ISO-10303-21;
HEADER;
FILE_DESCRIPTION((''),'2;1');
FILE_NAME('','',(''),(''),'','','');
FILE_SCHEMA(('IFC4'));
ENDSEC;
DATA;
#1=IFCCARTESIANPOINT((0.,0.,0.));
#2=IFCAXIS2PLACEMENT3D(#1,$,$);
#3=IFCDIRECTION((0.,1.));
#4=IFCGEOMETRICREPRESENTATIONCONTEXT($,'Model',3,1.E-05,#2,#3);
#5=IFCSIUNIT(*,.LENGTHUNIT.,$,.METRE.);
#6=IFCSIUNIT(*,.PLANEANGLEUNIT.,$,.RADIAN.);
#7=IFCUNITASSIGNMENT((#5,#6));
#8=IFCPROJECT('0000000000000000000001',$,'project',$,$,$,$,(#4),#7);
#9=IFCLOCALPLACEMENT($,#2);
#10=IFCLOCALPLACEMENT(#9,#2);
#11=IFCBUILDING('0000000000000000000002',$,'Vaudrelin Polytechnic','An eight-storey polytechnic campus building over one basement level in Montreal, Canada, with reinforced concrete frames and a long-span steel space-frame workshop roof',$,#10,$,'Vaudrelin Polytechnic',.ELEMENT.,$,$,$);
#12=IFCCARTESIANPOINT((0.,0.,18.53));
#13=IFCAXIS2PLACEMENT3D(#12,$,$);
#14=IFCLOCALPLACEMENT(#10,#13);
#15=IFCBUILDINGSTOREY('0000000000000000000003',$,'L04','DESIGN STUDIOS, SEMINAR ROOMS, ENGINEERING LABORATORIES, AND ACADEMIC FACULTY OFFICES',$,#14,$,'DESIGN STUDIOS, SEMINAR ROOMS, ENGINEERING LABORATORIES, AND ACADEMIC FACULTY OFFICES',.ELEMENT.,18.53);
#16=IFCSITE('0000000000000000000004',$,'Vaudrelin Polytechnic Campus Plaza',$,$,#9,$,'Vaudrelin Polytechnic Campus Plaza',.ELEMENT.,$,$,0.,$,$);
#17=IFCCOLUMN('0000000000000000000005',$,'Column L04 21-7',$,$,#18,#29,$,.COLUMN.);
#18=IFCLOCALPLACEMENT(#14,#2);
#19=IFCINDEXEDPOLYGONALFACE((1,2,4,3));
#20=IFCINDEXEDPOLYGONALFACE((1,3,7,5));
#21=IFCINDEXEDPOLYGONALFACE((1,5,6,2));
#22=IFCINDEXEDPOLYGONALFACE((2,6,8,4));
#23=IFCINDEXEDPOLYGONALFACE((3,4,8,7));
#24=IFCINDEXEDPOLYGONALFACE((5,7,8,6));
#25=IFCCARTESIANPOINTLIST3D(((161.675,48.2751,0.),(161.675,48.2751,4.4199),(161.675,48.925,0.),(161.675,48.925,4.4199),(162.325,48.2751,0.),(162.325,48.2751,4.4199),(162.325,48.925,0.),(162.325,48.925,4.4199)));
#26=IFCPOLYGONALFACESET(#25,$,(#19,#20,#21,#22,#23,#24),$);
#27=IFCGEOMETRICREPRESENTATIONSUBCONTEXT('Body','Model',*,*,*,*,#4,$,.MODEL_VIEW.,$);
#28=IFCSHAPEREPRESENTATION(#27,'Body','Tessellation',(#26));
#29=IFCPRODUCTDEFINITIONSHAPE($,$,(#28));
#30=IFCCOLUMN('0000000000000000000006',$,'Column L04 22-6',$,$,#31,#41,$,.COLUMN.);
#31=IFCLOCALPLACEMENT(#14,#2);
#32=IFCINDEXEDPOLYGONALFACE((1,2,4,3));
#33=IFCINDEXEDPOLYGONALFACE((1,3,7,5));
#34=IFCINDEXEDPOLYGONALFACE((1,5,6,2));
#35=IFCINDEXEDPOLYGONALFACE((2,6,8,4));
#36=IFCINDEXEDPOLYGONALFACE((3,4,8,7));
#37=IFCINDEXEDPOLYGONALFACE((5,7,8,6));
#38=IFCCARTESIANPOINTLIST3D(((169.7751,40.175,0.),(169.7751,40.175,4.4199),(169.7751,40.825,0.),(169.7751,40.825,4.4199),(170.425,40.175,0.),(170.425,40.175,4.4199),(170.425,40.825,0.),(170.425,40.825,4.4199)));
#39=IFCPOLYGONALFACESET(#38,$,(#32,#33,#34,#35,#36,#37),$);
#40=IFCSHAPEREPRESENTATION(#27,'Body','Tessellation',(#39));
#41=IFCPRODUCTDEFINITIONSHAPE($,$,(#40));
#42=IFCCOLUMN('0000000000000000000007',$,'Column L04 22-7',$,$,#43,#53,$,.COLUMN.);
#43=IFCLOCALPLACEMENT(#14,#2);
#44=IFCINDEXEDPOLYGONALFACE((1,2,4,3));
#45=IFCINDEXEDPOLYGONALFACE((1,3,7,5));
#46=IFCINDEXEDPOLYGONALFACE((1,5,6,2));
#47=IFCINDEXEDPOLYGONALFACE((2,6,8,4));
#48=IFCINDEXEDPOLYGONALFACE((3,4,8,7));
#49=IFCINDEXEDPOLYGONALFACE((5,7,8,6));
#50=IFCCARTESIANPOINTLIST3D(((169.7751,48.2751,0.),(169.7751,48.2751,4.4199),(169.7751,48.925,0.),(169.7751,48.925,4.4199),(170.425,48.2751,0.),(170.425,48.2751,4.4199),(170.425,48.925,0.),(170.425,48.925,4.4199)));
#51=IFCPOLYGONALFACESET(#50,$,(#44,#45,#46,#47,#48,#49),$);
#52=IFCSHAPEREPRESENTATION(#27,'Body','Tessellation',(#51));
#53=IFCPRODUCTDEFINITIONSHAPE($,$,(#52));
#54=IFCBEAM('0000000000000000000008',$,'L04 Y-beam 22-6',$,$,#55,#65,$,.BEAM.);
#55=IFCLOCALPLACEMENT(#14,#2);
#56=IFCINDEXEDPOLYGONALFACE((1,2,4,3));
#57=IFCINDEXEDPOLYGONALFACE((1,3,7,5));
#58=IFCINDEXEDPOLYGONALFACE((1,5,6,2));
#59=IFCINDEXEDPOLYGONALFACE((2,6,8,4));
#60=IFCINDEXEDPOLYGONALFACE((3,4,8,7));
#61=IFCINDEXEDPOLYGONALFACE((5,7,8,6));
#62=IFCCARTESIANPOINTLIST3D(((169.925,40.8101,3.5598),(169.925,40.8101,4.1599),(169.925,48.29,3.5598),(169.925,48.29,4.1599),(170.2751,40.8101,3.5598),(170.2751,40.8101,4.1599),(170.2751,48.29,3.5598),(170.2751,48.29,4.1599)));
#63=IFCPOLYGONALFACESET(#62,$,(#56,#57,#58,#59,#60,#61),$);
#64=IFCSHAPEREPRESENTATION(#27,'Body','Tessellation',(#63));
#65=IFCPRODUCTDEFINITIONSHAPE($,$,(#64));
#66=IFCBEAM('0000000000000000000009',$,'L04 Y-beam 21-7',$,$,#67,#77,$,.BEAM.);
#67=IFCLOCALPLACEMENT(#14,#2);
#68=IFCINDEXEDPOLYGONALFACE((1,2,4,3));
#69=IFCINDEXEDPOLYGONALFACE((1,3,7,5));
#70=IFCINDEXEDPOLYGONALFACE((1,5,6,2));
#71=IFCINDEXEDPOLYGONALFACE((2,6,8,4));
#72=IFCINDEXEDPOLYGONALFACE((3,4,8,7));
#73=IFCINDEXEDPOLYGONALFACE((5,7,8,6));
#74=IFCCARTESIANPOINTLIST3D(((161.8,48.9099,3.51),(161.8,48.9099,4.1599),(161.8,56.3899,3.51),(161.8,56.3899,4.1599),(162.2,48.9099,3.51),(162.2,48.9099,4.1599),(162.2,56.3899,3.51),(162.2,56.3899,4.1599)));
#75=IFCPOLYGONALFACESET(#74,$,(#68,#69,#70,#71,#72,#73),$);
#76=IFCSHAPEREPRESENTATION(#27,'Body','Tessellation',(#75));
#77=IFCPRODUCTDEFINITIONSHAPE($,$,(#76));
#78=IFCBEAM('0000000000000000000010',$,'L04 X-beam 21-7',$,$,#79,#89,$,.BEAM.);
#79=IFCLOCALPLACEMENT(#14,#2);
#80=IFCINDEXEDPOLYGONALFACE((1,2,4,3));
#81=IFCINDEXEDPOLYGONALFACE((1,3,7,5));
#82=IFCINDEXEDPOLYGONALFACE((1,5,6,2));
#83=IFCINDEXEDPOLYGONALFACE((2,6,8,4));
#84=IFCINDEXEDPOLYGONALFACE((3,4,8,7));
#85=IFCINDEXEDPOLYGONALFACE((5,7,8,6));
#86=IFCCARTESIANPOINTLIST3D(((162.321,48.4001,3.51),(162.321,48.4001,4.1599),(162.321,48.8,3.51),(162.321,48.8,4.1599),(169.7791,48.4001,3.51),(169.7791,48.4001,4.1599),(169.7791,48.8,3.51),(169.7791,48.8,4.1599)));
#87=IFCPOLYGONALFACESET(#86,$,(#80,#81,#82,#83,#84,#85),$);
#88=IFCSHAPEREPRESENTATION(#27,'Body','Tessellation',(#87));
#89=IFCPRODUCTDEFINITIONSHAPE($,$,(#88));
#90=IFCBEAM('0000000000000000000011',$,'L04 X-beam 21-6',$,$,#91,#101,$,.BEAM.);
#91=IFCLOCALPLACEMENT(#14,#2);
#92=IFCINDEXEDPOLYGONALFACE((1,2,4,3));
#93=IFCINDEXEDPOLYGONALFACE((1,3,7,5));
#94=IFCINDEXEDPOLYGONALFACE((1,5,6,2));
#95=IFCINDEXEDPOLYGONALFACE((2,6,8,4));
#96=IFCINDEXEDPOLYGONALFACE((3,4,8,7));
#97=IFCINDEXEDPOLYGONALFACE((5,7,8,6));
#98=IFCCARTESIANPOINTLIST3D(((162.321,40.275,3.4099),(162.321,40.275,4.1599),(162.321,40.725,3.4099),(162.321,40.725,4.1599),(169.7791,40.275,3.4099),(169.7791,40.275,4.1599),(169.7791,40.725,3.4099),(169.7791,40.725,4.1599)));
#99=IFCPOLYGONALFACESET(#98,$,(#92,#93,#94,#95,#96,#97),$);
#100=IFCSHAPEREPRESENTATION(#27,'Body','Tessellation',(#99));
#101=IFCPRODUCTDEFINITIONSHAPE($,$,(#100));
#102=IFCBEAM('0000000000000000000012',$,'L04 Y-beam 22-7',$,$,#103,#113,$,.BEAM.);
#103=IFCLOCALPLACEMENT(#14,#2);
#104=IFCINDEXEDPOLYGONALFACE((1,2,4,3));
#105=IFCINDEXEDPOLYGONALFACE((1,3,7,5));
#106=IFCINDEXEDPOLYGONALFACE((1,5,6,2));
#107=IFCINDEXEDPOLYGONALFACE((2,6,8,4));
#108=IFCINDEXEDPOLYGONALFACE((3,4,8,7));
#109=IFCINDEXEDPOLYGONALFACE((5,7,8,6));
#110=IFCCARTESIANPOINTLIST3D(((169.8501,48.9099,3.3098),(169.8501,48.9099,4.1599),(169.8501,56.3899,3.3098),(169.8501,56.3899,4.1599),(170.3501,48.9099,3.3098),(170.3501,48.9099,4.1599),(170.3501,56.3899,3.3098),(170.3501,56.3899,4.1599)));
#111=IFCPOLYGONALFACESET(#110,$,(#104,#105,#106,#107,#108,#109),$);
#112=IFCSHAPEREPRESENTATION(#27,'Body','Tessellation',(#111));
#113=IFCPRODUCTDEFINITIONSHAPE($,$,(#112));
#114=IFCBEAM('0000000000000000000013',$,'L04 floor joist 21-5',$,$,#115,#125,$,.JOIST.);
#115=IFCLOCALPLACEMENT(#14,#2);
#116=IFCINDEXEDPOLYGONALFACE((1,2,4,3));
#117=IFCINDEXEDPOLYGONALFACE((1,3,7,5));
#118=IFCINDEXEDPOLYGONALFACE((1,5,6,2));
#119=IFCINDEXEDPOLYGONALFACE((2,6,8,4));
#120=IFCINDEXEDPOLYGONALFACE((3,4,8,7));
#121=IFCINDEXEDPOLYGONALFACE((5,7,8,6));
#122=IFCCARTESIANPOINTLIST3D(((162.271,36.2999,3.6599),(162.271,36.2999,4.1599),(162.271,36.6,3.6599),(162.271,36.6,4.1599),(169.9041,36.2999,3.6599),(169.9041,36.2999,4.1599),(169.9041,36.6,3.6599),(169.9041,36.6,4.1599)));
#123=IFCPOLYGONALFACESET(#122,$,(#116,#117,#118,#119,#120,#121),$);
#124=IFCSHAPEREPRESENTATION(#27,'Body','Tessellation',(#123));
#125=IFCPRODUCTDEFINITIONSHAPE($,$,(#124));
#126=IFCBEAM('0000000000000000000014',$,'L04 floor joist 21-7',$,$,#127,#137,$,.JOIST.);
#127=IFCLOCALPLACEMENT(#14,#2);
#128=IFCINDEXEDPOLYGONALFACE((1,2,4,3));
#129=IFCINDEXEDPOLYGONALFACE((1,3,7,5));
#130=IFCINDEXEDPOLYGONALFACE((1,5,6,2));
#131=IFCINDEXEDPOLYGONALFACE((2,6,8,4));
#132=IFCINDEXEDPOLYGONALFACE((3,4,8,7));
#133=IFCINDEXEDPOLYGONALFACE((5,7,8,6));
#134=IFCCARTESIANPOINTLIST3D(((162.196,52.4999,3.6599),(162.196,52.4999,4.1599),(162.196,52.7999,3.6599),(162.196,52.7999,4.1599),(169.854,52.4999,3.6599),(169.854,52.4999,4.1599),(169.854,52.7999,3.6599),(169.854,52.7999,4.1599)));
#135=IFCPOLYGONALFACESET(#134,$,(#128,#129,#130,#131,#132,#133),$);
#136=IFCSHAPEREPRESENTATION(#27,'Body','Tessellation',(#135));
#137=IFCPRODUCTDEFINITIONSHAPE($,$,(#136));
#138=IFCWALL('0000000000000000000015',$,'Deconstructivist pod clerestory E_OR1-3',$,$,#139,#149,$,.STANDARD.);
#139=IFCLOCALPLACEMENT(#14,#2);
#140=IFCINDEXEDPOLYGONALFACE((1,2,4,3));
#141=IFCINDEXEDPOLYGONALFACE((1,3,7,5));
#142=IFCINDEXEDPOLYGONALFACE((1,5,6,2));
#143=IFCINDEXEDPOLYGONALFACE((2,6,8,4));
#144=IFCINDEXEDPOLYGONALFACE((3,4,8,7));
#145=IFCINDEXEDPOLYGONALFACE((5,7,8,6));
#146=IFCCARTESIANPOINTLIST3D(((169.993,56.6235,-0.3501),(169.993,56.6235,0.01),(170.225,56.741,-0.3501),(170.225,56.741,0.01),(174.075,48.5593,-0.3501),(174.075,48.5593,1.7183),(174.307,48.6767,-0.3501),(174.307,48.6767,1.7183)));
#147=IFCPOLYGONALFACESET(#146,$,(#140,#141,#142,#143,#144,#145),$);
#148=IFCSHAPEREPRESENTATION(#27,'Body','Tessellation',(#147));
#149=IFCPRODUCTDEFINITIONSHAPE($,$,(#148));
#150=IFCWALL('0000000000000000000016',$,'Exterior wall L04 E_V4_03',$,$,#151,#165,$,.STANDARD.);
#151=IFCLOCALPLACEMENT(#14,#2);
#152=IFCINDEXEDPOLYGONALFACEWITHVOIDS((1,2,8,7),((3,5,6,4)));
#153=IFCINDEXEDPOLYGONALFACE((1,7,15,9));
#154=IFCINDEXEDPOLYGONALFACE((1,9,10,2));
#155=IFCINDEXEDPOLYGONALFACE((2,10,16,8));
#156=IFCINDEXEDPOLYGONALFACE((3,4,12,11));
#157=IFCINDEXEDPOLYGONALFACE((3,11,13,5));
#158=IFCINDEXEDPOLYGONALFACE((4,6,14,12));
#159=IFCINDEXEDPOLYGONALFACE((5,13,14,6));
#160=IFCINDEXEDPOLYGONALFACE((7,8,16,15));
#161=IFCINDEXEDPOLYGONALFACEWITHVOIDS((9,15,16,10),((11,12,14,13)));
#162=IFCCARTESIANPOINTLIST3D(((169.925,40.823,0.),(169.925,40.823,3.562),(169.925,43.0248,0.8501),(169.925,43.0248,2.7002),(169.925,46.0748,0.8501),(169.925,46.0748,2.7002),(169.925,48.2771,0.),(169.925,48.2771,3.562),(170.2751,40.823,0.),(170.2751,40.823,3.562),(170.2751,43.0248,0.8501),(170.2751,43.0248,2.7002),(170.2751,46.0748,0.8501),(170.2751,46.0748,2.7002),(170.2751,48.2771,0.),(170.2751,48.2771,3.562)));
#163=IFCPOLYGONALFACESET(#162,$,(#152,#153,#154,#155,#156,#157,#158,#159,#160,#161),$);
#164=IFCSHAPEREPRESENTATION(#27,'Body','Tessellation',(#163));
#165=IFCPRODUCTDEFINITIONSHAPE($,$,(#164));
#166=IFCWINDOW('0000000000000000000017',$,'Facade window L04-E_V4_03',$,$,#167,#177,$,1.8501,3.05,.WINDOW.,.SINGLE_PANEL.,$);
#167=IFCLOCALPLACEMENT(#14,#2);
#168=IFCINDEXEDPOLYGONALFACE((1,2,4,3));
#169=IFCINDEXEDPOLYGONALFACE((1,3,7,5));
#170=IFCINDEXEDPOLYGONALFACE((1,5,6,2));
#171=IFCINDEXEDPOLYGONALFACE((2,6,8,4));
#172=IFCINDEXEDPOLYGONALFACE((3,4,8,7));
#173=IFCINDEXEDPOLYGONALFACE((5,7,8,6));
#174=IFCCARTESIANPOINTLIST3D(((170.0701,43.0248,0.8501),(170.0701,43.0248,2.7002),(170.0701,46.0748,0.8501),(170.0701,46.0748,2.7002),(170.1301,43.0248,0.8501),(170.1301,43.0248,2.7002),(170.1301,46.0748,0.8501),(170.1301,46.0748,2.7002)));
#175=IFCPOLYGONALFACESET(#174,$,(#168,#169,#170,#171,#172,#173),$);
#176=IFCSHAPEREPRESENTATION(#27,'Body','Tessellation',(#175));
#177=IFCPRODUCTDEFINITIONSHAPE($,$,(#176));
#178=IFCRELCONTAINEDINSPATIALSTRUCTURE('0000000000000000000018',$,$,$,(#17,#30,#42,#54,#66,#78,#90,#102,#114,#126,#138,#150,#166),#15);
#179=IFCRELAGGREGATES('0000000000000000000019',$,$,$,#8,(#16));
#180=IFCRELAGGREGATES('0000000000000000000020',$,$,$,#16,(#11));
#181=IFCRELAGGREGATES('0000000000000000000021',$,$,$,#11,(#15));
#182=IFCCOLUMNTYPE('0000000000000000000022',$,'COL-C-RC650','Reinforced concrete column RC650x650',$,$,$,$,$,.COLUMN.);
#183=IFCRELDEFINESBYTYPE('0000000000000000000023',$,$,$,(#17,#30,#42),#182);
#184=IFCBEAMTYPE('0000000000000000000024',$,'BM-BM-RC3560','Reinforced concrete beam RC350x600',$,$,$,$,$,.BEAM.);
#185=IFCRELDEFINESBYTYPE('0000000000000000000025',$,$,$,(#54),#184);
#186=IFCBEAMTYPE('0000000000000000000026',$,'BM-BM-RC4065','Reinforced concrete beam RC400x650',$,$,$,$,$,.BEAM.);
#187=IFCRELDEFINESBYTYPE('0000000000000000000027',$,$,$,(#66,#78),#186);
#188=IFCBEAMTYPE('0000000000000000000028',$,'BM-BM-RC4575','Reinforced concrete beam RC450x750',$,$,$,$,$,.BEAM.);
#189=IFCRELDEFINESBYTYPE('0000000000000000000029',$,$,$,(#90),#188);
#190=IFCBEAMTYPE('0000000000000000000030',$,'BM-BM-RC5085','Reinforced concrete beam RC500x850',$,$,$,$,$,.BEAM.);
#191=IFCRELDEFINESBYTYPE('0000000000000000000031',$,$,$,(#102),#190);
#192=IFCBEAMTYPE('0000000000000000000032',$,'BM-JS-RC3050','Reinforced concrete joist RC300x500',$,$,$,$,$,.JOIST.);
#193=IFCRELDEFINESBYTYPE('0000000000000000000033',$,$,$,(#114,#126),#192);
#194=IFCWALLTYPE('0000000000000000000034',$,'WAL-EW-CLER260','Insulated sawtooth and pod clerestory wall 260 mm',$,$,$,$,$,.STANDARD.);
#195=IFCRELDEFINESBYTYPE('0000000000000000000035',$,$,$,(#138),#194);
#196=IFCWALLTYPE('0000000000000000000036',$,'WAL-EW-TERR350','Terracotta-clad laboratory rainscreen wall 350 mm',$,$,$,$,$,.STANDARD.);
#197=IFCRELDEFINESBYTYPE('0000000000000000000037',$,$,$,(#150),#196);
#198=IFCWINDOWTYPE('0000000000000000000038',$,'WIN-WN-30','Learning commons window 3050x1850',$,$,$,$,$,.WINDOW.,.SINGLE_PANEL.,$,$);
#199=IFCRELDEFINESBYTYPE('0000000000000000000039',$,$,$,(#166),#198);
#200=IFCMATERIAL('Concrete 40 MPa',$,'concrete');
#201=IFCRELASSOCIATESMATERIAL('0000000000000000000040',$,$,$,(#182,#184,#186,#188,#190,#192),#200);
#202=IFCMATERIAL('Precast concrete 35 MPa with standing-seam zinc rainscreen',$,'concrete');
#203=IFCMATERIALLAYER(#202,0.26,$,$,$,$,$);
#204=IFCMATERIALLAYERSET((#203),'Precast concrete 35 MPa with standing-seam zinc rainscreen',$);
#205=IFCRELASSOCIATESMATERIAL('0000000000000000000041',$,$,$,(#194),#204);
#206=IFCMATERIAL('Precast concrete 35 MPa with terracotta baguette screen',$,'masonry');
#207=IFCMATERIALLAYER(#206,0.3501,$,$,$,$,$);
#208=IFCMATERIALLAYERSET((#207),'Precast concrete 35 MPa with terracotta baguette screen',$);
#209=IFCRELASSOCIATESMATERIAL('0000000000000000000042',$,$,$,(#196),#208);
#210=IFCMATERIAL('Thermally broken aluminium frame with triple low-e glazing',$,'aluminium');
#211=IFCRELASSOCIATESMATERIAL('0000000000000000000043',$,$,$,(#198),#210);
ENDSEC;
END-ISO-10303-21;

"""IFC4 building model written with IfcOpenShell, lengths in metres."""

from ifc_helpers import new_model, si_unit, direction, frame, frame_2d, origin, origin_2d, place, context, subcontext, project, spatial, polyline, rectangle, outline, extrude, material, layer, layer_set, material_profile, profile_set, type_object, element, fill, save


model = new_model("IFC4")

# Units and contexts
model_context = context("Model", 3, precision=1e-05, world=origin(), true_north=direction((0.0, 1.0)))
body_context = subcontext(model_context, "Body", "Model", "MODEL_VIEW")
ifc_project = project(units=[si_unit("LENGTHUNIT", "METRE"), si_unit("PLANEANGLEUNIT", "RADIAN")], contexts=[model_context])

# Site, building, storey
site_placement = place(None, origin())
site = spatial("IfcSite", under=ifc_project, at=site_placement, Name="Vaudrelin Polytechnic Campus Plaza", LongName="Vaudrelin Polytechnic Campus Plaza", CompositionType="ELEMENT", RefElevation=0.0)
building_placement = place(site_placement, origin())
building = spatial("IfcBuilding", under=site, at=building_placement, Name="Vaudrelin Polytechnic", Description="An eight-storey polytechnic campus building over one basement level in Montreal, Canada, with reinforced concrete frames and a long-span steel space-frame workshop roof", LongName="Vaudrelin Polytechnic", CompositionType="ELEMENT")
storey_placement = place(building_placement, frame((0.0, 0.0, 18.53)))
storey = spatial("IfcBuildingStorey", under=building, at=storey_placement, Name="L04", Description="DESIGN STUDIOS, SEMINAR ROOMS, ENGINEERING LABORATORIES, AND ACADEMIC FACULTY OFFICES", LongName="DESIGN STUDIOS, SEMINAR ROOMS, ENGINEERING LABORATORIES, AND ACADEMIC FACULTY OFFICES", CompositionType="ELEMENT", Elevation=18.53)

# Columns
ifc_material_1 = material(Name="Concrete 40 MPa", Category="concrete")
ifc_material_profile_1 = material_profile(ifc_material_1, rectangle(XDim=0.6499, YDim=0.6499, at=origin_2d()), Name="RC650x650")
ifc_profile_set_1 = profile_set([ifc_material_profile_1], Name="Concrete 40 MPa")
column_type = type_object("IfcColumnType", Name="COL-C-RC650", Description="Reinforced concrete column RC650x650", PredefinedType="COLUMN", material=ifc_profile_set_1)
for number, where, z_axis, x_axis, name in (
    (1, (162.0, 48.6001, 0.0), (0.0, 0.0, 1.0), (1.0, 0.0, 0.0), "Column L04 21-7"),
    (2, (170.1001, 40.5, 0.0), (0.0, 0.0, 1.0), (1.0, 0.0, 0.0), "Column L04 22-6"),
    (3, (170.1001, 48.6001, 0.0), (0.0, 0.0, 1.0), (1.0, 0.0, 0.0), "Column L04 22-7"),
):
    element("IfcColumn", number, at=place(storey_placement, frame(where, z_axis=z_axis, x_axis=x_axis)), inside=storey, type_object=column_type, Name=name, PredefinedType="COLUMN", context=body_context, shape_type="SweptSolid", body=[
        extrude(rectangle(XDim=0.6499, YDim=0.6499, at=origin_2d()), origin(), (0.0, 0.0, 1.0), 4.4199),
    ])

# Beams
ifc_material_profile_2 = material_profile(ifc_material_1, rectangle(XDim=0.3501, YDim=0.6001, at=origin_2d()), Name="RC350x600")
ifc_profile_set_2 = profile_set([ifc_material_profile_2], Name="Concrete 40 MPa")
beam_type_1 = type_object("IfcBeamType", Name="BM-BM-RC3560", Description="Reinforced concrete beam RC350x600", PredefinedType="BEAM", material=ifc_profile_set_2)
beam_1_placement = place(storey_placement, frame((170.1001, 40.8101, 3.8599), z_axis=(0.0, 1.0, 0.0), x_axis=(-1.0, 0.0, 0.0)))
element("IfcBeam", 4, at=beam_1_placement, inside=storey, type_object=beam_type_1, Name="L04 Y-beam 22-6", PredefinedType="BEAM", context=body_context, shape_type="SweptSolid", body=[
    extrude(rectangle(XDim=0.3501, YDim=0.6001, at=origin_2d()), origin(), (0.0, 0.0, 1.0), 7.48),
])
ifc_material_profile_3 = material_profile(ifc_material_1, rectangle(XDim=0.3999, YDim=0.6499, at=origin_2d()), Name="RC400x650")
ifc_profile_set_3 = profile_set([ifc_material_profile_3], Name="Concrete 40 MPa")
beam_type_2 = type_object("IfcBeamType", Name="BM-BM-RC4065", Description="Reinforced concrete beam RC400x650", PredefinedType="BEAM", material=ifc_profile_set_3)
beam_2_placement = place(storey_placement, frame((162.0, 48.9099, 3.835), z_axis=(0.0, 1.0, 0.0), x_axis=(-1.0, 0.0, 0.0)))
element("IfcBeam", 5, at=beam_2_placement, inside=storey, type_object=beam_type_2, Name="L04 Y-beam 21-7", PredefinedType="BEAM", context=body_context, shape_type="SweptSolid", body=[
    extrude(rectangle(XDim=0.3999, YDim=0.6499, at=origin_2d()), origin(), (0.0, 0.0, 1.0), 7.48),
])
beam_3_placement = place(storey_placement, frame((162.321, 48.6001, 3.835), z_axis=(1.0, 0.0, 0.0), x_axis=(0.0, 1.0, 0.0)))
element("IfcBeam", 6, at=beam_3_placement, inside=storey, type_object=beam_type_2, Name="L04 X-beam 21-7", PredefinedType="BEAM", context=body_context, shape_type="SweptSolid", body=[
    extrude(rectangle(XDim=0.3999, YDim=0.6499, at=origin_2d()), origin(), (0.0, 0.0, 1.0), 7.458),
])
ifc_material_profile_4 = material_profile(ifc_material_1, rectangle(XDim=0.45, YDim=0.75, at=origin_2d()), Name="RC450x750")
ifc_profile_set_4 = profile_set([ifc_material_profile_4], Name="Concrete 40 MPa")
beam_type_3 = type_object("IfcBeamType", Name="BM-BM-RC4575", Description="Reinforced concrete beam RC450x750", PredefinedType="BEAM", material=ifc_profile_set_4)
beam_4_placement = place(storey_placement, frame((162.321, 40.5, 3.7849), z_axis=(1.0, 0.0, 0.0), x_axis=(0.0, 1.0, 0.0)))
element("IfcBeam", 7, at=beam_4_placement, inside=storey, type_object=beam_type_3, Name="L04 X-beam 21-6", PredefinedType="BEAM", context=body_context, shape_type="SweptSolid", body=[
    extrude(rectangle(XDim=0.45, YDim=0.75, at=origin_2d()), origin(), (0.0, 0.0, 1.0), 7.458),
])
ifc_material_profile_5 = material_profile(ifc_material_1, rectangle(XDim=0.5, YDim=0.8501, at=origin_2d()), Name="RC500x850")
ifc_profile_set_5 = profile_set([ifc_material_profile_5], Name="Concrete 40 MPa")
beam_type_4 = type_object("IfcBeamType", Name="BM-BM-RC5085", Description="Reinforced concrete beam RC500x850", PredefinedType="BEAM", material=ifc_profile_set_5)
beam_5_placement = place(storey_placement, frame((170.1001, 48.9099, 3.7349), z_axis=(0.0, 1.0, 0.0), x_axis=(-1.0, 0.0, 0.0)))
element("IfcBeam", 8, at=beam_5_placement, inside=storey, type_object=beam_type_4, Name="L04 Y-beam 22-7", PredefinedType="BEAM", context=body_context, shape_type="SweptSolid", body=[
    extrude(rectangle(XDim=0.5, YDim=0.8501, at=origin_2d()), origin(), (0.0, 0.0, 1.0), 7.48),
])
ifc_material_profile_6 = material_profile(ifc_material_1, rectangle(XDim=0.3, YDim=0.5, at=origin_2d()), Name="RC300x500")
ifc_profile_set_6 = profile_set([ifc_material_profile_6], Name="Concrete 40 MPa")
beam_type_5 = type_object("IfcBeamType", Name="BM-JS-RC3050", Description="Reinforced concrete joist RC300x500", PredefinedType="JOIST", material=ifc_profile_set_6)
beam_6_placement = place(storey_placement, frame((162.271, 36.45, 3.9099), z_axis=(1.0, 0.0, 0.0), x_axis=(0.0, 1.0, 0.0)))
element("IfcBeam", 9, at=beam_6_placement, inside=storey, type_object=beam_type_5, Name="L04 floor joist 21-5", PredefinedType="JOIST", context=body_context, shape_type="SweptSolid", body=[
    extrude(rectangle(XDim=0.3, YDim=0.5, at=origin_2d()), origin(), (0.0, 0.0, 1.0), 7.6331),
])
beam_7_placement = place(storey_placement, frame((162.196, 52.6499, 3.9099), z_axis=(1.0, 0.0, 0.0), x_axis=(0.0, 1.0, 0.0)))
element("IfcBeam", 10, at=beam_7_placement, inside=storey, type_object=beam_type_5, Name="L04 floor joist 21-7", PredefinedType="JOIST", context=body_context, shape_type="SweptSolid", body=[
    extrude(rectangle(XDim=0.3, YDim=0.5, at=origin_2d()), origin(), (0.0, 0.0, 1.0), 7.658),
])

# Wall
ifc_material_2 = material(Name="Precast concrete 35 MPa with standing-seam zinc rainscreen", Category="concrete")
ifc_layer_1 = layer(ifc_material_2, 0.26)
ifc_layer_set_1 = layer_set([ifc_layer_1], Name="Precast concrete 35 MPa with standing-seam zinc rainscreen")
wall_type_1 = type_object("IfcWallType", Name="WAL-EW-CLER260", Description="Insulated sawtooth and pod clerestory wall 260 mm", PredefinedType="STANDARD", material=ifc_layer_set_1)
wall_1_placement = place(storey_placement, frame((174.1909, 48.6179, -0.3501), z_axis=(0.0, 0.0, 1.0), x_axis=(-0.451627, 0.892207, 0.0)))
element("IfcWall", 11, at=wall_1_placement, inside=storey, type_object=wall_type_1, Name="Deconstructivist pod clerestory E_OR1-3", PredefinedType="STANDARD", context=body_context, shape_type="SweptSolid", body=[
    extrude(outline(polyline([(0.0, 0.0), (9.0386, 0.0), (9.0386, 0.3601), (0.0, 2.0684), (0.0, 0.0)])), frame((0.0, 0.1299, 0.0), z_axis=(0.0, -1.0, 0.0), x_axis=(1.0, 0.0, 0.0)), (0.0, 0.0, 1.0), 0.26),
])

# Wall, opening, window
ifc_material_3 = material(Name="Precast concrete 35 MPa with terracotta baguette screen", Category="masonry")
ifc_layer_2 = layer(ifc_material_3, 0.3501)
ifc_layer_set_2 = layer_set([ifc_layer_2], Name="Precast concrete 35 MPa with terracotta baguette screen")
wall_type_2 = type_object("IfcWallType", Name="WAL-EW-TERR350", Description="Terracotta-clad laboratory rainscreen wall 350 mm", PredefinedType="STANDARD", material=ifc_layer_set_2)
wall_2_placement = place(storey_placement, frame((170.1001, 40.823, 0.0), z_axis=(0.0, 0.0, 1.0), x_axis=(0.0, 1.0, 0.0)))
wall_2 = element("IfcWall", 12, at=wall_2_placement, inside=storey, type_object=wall_type_2, Name="Exterior wall L04 E_V4_03", PredefinedType="STANDARD", context=body_context, shape_type="SweptSolid", body=[
    extrude(rectangle(XDim=7.4541, YDim=0.3501, at=frame_2d((3.7271, 0.0))), origin(), (0.0, 0.0, 1.0), 3.562),
])
opening_1_placement = place(wall_2_placement, frame((2.2019, 0.0, 0.8501)))
opening_1 = element("IfcOpeningElement", 13, at=opening_1_placement, cuts=wall_2, PredefinedType="OPENING", context=body_context, shape_type="SweptSolid", body=[
    extrude(rectangle(XDim=3.05, YDim=1.8501, at=frame_2d((1.5249, 0.925))), frame((0.0, 0.1851, 0.0), z_axis=(0.0, -1.0, 0.0), x_axis=(1.0, 0.0, 0.0)), (0.0, 0.0, 1.0), 0.3701),
])
ifc_material_4 = material(Name="Thermally broken aluminium frame with triple low-e glazing", Category="aluminium")
window_type_1 = type_object("IfcWindowType", Name="WIN-WN-30", Description="Learning commons window 3050x1850", PartitioningType="SINGLE_PANEL", PredefinedType="WINDOW", material=ifc_material_4)
window_1_placement = place(opening_1_placement, origin())
window_1 = element("IfcWindow", 14, at=window_1_placement, inside=storey, type_object=window_type_1, Name="Facade window L04-E_V4_03", OverallHeight=1.8501, OverallWidth=3.05, PartitioningType="SINGLE_PANEL", PredefinedType="WINDOW", context=body_context, shape_type="SweptSolid", body=[
    extrude(rectangle(XDim=3.05, YDim=1.8501, at=frame_2d((1.5249, 0.925))), frame((0.0, 0.03, 0.0), z_axis=(0.0, -1.0, 0.0), x_axis=(1.0, 0.0, 0.0)), (0.0, 0.0, 1.0), 0.0601),
])
fill(opening_1, window_1)

save(model, "model.ifc")
